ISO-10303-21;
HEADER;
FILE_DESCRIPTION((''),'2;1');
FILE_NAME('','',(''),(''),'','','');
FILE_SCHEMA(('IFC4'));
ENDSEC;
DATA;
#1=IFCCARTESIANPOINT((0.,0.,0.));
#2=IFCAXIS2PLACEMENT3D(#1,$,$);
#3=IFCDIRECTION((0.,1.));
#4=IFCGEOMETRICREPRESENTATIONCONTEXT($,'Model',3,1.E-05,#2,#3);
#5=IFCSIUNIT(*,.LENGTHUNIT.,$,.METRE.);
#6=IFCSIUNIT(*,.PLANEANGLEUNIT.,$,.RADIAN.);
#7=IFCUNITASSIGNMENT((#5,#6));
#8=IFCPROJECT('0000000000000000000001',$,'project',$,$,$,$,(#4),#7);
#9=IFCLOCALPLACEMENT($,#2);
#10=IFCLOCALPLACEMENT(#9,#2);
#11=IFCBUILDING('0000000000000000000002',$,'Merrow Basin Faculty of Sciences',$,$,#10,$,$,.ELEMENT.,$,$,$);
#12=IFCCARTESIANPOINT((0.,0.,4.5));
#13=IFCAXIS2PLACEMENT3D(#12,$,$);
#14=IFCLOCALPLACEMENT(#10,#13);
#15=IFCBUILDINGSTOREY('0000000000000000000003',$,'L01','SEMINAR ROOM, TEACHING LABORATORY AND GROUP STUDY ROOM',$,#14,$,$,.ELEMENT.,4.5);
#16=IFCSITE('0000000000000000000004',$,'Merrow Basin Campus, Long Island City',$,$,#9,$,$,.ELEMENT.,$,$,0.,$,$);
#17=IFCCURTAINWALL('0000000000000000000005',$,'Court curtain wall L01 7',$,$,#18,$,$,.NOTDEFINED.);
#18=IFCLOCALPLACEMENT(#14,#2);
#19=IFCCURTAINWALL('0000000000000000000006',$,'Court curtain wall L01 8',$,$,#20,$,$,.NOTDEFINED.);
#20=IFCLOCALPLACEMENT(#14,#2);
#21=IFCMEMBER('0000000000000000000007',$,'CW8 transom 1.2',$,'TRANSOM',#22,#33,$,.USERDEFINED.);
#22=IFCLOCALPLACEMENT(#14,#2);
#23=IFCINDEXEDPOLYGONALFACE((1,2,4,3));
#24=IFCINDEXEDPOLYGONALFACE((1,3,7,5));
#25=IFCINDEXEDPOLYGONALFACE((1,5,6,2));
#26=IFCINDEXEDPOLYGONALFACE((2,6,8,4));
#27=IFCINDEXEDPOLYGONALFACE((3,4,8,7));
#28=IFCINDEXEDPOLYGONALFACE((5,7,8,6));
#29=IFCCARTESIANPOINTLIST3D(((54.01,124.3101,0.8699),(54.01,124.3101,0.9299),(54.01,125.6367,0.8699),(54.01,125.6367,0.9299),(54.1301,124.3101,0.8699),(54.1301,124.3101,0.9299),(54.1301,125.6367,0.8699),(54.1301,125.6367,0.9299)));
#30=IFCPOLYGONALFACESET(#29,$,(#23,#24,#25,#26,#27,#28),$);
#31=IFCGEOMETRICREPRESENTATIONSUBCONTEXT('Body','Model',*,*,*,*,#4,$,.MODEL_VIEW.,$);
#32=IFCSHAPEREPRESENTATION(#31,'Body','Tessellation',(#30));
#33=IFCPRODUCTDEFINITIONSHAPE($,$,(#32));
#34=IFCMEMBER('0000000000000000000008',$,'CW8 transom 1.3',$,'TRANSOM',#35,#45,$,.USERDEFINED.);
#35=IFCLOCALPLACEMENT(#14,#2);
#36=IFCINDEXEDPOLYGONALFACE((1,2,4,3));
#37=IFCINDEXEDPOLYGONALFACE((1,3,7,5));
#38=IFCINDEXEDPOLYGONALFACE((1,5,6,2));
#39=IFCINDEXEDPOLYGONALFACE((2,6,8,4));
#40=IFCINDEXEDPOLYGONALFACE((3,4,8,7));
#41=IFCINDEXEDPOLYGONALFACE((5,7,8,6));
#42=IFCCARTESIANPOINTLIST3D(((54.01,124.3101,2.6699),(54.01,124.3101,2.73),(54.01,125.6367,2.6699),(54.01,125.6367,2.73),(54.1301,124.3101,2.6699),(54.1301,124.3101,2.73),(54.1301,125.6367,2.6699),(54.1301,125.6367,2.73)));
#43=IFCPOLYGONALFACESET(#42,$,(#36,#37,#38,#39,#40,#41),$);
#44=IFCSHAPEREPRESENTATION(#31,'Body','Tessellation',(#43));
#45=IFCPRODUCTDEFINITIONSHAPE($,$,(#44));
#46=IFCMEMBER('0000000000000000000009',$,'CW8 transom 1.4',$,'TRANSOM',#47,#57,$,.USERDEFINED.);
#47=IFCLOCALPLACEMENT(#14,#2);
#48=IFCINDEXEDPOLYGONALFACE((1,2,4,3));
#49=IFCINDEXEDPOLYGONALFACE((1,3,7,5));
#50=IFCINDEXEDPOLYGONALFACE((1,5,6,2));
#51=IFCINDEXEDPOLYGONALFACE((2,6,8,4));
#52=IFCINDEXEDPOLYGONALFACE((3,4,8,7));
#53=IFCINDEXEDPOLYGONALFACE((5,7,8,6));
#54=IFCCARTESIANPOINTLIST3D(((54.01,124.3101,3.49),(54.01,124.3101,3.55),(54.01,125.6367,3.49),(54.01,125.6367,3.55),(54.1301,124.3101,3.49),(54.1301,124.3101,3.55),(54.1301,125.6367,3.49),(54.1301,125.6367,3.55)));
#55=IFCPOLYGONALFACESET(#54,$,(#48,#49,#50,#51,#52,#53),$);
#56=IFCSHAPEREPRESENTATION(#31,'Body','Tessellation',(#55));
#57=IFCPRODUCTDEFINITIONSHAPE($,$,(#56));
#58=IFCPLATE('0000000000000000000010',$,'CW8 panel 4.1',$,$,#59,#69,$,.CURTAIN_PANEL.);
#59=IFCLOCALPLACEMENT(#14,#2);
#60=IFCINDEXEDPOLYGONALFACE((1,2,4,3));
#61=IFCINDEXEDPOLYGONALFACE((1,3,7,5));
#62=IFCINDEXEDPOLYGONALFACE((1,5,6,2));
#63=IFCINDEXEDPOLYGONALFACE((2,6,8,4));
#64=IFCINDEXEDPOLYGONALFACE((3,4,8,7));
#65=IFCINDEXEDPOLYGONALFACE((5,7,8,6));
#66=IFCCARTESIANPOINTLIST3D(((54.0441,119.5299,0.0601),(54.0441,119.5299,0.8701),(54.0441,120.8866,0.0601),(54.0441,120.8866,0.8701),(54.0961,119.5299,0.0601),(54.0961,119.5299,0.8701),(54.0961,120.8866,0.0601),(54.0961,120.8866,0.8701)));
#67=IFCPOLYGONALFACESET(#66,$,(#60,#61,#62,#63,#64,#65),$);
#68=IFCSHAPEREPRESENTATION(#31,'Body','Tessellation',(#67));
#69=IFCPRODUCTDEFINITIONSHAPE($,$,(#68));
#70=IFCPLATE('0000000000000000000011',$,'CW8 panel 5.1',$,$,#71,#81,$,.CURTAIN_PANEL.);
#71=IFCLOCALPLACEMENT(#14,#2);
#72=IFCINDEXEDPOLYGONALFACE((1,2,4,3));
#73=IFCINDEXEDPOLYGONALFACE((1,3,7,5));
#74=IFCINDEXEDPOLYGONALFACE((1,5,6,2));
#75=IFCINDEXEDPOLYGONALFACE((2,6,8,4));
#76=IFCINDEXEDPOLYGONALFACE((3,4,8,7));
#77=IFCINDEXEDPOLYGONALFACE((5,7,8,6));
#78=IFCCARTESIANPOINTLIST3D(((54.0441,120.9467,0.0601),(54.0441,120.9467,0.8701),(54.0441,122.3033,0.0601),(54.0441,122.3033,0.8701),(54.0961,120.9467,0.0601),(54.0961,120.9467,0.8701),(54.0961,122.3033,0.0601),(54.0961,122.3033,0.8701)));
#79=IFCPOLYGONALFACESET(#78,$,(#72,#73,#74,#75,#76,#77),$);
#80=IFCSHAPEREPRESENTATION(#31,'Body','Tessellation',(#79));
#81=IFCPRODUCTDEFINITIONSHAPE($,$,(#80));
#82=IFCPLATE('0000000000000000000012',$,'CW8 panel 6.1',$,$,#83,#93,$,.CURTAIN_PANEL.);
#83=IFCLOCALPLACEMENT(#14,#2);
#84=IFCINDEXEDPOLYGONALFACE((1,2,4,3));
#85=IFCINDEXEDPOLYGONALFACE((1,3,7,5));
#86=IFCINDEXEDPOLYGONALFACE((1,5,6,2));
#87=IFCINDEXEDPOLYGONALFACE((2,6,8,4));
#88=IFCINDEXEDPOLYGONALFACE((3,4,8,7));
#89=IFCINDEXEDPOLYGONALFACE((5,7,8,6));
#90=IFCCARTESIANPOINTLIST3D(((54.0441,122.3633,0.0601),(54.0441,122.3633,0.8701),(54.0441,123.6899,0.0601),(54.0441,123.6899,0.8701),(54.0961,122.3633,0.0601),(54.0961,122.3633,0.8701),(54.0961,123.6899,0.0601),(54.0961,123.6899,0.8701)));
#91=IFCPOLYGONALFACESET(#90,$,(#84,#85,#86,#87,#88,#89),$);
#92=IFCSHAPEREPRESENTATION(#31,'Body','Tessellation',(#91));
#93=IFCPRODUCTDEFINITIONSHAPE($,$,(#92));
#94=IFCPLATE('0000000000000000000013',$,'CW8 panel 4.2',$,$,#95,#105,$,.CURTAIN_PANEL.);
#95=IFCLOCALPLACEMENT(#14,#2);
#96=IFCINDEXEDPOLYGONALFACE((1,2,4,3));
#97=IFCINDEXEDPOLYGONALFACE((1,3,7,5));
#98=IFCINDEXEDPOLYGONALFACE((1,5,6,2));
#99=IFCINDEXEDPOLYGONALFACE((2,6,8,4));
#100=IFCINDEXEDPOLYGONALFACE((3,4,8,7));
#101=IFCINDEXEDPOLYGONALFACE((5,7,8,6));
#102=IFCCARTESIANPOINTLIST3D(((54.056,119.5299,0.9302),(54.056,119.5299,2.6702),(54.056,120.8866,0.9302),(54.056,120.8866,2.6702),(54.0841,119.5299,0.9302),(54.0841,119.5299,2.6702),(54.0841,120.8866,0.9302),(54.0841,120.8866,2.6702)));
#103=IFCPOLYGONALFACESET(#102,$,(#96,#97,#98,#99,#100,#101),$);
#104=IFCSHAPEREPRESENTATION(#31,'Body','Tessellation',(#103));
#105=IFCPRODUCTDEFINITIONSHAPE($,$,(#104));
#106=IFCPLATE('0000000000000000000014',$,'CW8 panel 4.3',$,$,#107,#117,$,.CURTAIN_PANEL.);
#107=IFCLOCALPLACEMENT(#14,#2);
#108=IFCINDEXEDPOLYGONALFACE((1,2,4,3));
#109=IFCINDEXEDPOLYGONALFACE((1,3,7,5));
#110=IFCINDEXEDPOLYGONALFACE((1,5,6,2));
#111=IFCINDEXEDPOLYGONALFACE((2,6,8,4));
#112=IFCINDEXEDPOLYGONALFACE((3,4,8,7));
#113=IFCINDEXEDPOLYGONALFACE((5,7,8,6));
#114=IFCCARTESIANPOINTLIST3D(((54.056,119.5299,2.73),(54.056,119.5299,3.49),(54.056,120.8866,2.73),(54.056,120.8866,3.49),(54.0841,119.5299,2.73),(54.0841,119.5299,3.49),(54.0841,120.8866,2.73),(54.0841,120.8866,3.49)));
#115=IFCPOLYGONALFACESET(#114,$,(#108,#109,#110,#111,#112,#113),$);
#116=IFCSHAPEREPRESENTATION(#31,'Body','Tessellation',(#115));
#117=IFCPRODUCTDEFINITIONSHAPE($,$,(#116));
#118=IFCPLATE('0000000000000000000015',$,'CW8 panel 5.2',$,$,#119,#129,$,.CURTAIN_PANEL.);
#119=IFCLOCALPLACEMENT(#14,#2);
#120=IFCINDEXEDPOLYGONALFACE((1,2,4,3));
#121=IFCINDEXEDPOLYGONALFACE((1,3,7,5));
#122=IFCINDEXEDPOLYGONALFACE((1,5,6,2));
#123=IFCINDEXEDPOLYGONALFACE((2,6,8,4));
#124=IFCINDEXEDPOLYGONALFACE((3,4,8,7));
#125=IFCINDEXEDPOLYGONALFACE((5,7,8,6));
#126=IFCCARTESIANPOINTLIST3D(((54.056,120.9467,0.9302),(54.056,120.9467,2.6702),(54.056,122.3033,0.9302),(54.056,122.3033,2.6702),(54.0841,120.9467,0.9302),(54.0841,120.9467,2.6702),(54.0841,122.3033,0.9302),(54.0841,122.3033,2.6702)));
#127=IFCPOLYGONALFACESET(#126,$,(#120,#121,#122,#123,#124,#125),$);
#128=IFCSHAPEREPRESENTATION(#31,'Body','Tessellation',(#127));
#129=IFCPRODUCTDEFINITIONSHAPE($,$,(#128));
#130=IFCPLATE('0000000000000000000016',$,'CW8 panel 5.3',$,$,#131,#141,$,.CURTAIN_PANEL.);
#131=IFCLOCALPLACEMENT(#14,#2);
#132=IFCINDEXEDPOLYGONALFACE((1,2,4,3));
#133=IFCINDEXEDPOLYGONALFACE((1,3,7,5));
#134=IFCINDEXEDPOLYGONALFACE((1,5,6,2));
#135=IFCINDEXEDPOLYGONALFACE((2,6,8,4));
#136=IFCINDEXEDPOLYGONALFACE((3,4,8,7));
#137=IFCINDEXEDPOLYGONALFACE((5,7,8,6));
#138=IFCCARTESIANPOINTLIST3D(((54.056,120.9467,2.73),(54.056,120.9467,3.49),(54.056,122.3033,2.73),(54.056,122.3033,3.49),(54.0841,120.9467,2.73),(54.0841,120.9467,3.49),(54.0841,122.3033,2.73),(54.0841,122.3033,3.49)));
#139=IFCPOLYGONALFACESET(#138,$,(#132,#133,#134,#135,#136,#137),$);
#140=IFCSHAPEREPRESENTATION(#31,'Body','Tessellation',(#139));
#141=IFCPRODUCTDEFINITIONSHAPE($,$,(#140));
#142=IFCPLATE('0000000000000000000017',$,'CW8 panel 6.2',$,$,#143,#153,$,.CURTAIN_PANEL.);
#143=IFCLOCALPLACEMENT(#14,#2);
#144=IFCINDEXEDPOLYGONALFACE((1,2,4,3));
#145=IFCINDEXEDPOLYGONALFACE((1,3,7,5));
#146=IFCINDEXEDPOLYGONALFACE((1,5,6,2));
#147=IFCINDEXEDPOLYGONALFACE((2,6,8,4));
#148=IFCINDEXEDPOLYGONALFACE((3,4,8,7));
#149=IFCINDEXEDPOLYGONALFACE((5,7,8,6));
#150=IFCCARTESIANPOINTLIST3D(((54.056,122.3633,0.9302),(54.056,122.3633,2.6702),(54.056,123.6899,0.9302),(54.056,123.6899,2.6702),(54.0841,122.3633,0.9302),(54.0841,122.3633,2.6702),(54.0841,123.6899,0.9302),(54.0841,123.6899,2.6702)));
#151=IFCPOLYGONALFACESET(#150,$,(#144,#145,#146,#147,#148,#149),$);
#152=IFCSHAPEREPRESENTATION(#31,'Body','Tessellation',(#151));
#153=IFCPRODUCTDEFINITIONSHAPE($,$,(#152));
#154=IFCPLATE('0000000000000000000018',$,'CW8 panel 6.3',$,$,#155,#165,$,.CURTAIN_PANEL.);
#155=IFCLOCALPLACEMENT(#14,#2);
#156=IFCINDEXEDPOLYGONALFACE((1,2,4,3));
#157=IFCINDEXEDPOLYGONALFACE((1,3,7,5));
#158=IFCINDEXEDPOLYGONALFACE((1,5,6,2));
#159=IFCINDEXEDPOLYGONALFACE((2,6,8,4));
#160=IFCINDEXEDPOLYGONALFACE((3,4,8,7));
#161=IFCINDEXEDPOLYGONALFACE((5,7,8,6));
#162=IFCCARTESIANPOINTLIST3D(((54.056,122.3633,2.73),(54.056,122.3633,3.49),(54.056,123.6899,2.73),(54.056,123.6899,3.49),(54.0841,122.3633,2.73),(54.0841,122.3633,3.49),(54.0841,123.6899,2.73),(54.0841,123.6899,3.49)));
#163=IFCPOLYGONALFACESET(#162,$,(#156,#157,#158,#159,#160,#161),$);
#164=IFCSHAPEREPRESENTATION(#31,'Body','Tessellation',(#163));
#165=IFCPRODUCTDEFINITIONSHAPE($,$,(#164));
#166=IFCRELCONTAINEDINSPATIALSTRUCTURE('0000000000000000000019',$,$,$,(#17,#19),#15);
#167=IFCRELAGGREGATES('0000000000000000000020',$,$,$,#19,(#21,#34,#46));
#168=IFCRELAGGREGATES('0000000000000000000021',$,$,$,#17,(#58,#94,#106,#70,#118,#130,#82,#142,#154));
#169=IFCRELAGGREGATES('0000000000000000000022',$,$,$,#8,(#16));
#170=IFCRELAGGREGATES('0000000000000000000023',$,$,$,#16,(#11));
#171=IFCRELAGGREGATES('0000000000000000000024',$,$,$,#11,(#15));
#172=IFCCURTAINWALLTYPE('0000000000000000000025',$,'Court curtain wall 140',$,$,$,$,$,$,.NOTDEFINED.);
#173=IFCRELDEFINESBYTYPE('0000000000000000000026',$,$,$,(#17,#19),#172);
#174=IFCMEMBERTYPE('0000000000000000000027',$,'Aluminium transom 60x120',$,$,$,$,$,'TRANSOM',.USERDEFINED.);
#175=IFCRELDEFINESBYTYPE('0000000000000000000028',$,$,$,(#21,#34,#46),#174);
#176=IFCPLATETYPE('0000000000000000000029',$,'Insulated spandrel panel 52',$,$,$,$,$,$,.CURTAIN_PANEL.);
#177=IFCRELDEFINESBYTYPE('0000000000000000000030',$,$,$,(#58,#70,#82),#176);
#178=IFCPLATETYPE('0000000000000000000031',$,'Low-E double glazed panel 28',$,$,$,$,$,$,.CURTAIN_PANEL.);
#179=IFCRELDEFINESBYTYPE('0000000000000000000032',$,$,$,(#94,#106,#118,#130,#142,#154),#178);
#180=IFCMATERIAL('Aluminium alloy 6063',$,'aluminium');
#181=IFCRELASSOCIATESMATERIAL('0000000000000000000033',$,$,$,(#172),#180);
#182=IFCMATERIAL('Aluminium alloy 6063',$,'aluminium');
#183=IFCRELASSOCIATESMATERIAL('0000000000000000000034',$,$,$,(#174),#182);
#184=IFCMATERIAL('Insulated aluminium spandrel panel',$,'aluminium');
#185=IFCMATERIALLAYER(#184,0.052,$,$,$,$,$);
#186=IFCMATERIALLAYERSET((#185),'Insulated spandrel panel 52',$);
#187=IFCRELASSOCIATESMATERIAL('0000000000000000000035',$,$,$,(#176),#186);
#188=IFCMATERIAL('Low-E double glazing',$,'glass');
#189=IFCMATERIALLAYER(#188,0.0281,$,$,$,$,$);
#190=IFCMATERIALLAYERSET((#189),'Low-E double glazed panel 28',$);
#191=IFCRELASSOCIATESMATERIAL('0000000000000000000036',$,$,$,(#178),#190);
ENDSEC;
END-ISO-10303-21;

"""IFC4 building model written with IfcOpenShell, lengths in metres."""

from ifc_helpers import new_model, si_unit, direction, frame, origin, origin_2d, place, context, subcontext, project, spatial, rectangle, extrude, material, layer, layer_set, material_profile, profile_set, type_object, element, aggregate, save


model = new_model("IFC4")

# Units and contexts
model_context = context("Model", 3, precision=1e-05, world=origin(), true_north=direction((0.0, 1.0)))
body_context = subcontext(model_context, "Body", "Model", "MODEL_VIEW")
ifc_project = project(units=[si_unit("LENGTHUNIT", "METRE"), si_unit("PLANEANGLEUNIT", "RADIAN")], contexts=[model_context])

# Site, building, storey
site_placement = place(None, origin())
site = spatial("IfcSite", under=ifc_project, at=site_placement, Name="Merrow Basin Campus, Long Island City", CompositionType="ELEMENT", RefElevation=0.0)
building_placement = place(site_placement, origin())
building = spatial("IfcBuilding", under=site, at=building_placement, Name="Merrow Basin Faculty of Sciences", CompositionType="ELEMENT")
storey_placement = place(building_placement, frame((0.0, 0.0, 4.5)))
storey = spatial("IfcBuildingStorey", under=building, at=storey_placement, Name="L01", Description="SEMINAR ROOM, TEACHING LABORATORY AND GROUP STUDY ROOM", CompositionType="ELEMENT", Elevation=4.5)

# Curtain wall
ifc_material_1 = material(Name="Aluminium alloy 6063", Category="aluminium")
curtain_wall_type = type_object("IfcCurtainWallType", Name="Court curtain wall 140", PredefinedType="NOTDEFINED", material=ifc_material_1)
curtain_wall_1_placement = place(storey_placement, origin())
curtain_wall_1 = element("IfcCurtainWall", 1, at=curtain_wall_1_placement, inside=storey, type_object=curtain_wall_type, Name="Court curtain wall L01 7", PredefinedType="NOTDEFINED")

# Curtain wall
curtain_wall_2_placement = place(storey_placement, origin())
curtain_wall_2 = element("IfcCurtainWall", 2, at=curtain_wall_2_placement, inside=storey, type_object=curtain_wall_type, Name="Court curtain wall L01 8", PredefinedType="NOTDEFINED")

# Members
ifc_material_2 = material(Name="Aluminium alloy 6063", Category="aluminium")
ifc_material_profile_1 = material_profile(ifc_material_2, rectangle(XDim=0.1201, YDim=0.0601, at=origin_2d()))
ifc_profile_set_1 = profile_set([ifc_material_profile_1], Name="Aluminium alloy 6063")
member_type_1 = type_object("IfcMemberType", Name="Aluminium transom 60x120", ElementType="TRANSOM", PredefinedType="USERDEFINED", material=ifc_profile_set_1)
member_1_placement = place(storey_placement, frame((54.0701, 124.3101, 0.8999), z_axis=(0.0, 1.0, 0.0), x_axis=(-1.0, 0.0, 0.0)))
member_1 = element("IfcMember", 3, at=member_1_placement, type_object=member_type_1, Name="CW8 transom 1.2", ObjectType="TRANSOM", PredefinedType="USERDEFINED", context=body_context, shape_type="SweptSolid", body=[
    extrude(rectangle(XDim=0.1201, YDim=0.0601, at=origin_2d()), origin(), (0.0, 0.0, 1.0), 1.3267),
])
member_2_placement = place(storey_placement, frame((54.0701, 124.3101, 2.7), z_axis=(0.0, 1.0, 0.0), x_axis=(-1.0, 0.0, 0.0)))
member_2 = element("IfcMember", 4, at=member_2_placement, type_object=member_type_1, Name="CW8 transom 1.3", ObjectType="TRANSOM", PredefinedType="USERDEFINED", context=body_context, shape_type="SweptSolid", body=[
    extrude(rectangle(XDim=0.1201, YDim=0.0601, at=origin_2d()), origin(), (0.0, 0.0, 1.0), 1.3267),
])
member_3_placement = place(storey_placement, frame((54.0701, 124.3101, 3.52), z_axis=(0.0, 1.0, 0.0), x_axis=(-1.0, 0.0, 0.0)))
member_3 = element("IfcMember", 5, at=member_3_placement, type_object=member_type_1, Name="CW8 transom 1.4", ObjectType="TRANSOM", PredefinedType="USERDEFINED", context=body_context, shape_type="SweptSolid", body=[
    extrude(rectangle(XDim=0.1201, YDim=0.0601, at=origin_2d()), origin(), (0.0, 0.0, 1.0), 1.3267),
])
aggregate(curtain_wall_2, [member_1, member_2, member_3])

# Plates
ifc_material_3 = material(Name="Insulated aluminium spandrel panel", Category="aluminium")
ifc_layer_1 = layer(ifc_material_3, 0.052)
ifc_layer_set_1 = layer_set([ifc_layer_1], Name="Insulated spandrel panel 52")
plate_type_1 = type_object("IfcPlateType", Name="Insulated spandrel panel 52", PredefinedType="CURTAIN_PANEL", material=ifc_layer_set_1)
plate_1_placement = place(storey_placement, frame((54.0701, 120.2083, 0.0601), z_axis=(0.0, 0.0, 1.0), x_axis=(0.0, 1.0, 0.0)))
plate_1 = element("IfcPlate", 6, at=plate_1_placement, type_object=plate_type_1, Name="CW8 panel 4.1", PredefinedType="CURTAIN_PANEL", context=body_context, shape_type="SweptSolid", body=[
    extrude(rectangle(XDim=1.3567, YDim=0.052, at=origin_2d()), origin(), (0.0, 0.0, 1.0), 0.8101),
])
plate_2_placement = place(storey_placement, frame((54.0701, 121.625, 0.0601), z_axis=(0.0, 0.0, 1.0), x_axis=(0.0, 1.0, 0.0)))
plate_2 = element("IfcPlate", 7, at=plate_2_placement, type_object=plate_type_1, Name="CW8 panel 5.1", PredefinedType="CURTAIN_PANEL", context=body_context, shape_type="SweptSolid", body=[
    extrude(rectangle(XDim=1.3567, YDim=0.052, at=origin_2d()), origin(), (0.0, 0.0, 1.0), 0.8101),
])
plate_3_placement = place(storey_placement, frame((54.0701, 123.0266, 0.0601), z_axis=(0.0, 0.0, 1.0), x_axis=(0.0, 1.0, 0.0)))
plate_3 = element("IfcPlate", 8, at=plate_3_placement, type_object=plate_type_1, Name="CW8 panel 6.1", PredefinedType="CURTAIN_PANEL", context=body_context, shape_type="SweptSolid", body=[
    extrude(rectangle(XDim=1.3267, YDim=0.052, at=origin_2d()), origin(), (0.0, 0.0, 1.0), 0.8101),
])
ifc_material_4 = material(Name="Low-E double glazing", Category="glass")
ifc_layer_2 = layer(ifc_material_4, 0.0281)
ifc_layer_set_2 = layer_set([ifc_layer_2], Name="Low-E double glazed panel 28")
plate_type_2 = type_object("IfcPlateType", Name="Low-E double glazed panel 28", PredefinedType="CURTAIN_PANEL", material=ifc_layer_set_2)
plate_4_placement = place(storey_placement, frame((54.0701, 120.2083, 0.9302), z_axis=(0.0, 0.0, 1.0), x_axis=(0.0, 1.0, 0.0)))
plate_4 = element("IfcPlate", 9, at=plate_4_placement, type_object=plate_type_2, Name="CW8 panel 4.2", PredefinedType="CURTAIN_PANEL", context=body_context, shape_type="SweptSolid", body=[
    extrude(rectangle(XDim=1.3567, YDim=0.0281, at=origin_2d()), origin(), (0.0, 0.0, 1.0), 1.74),
])
plate_5_placement = place(storey_placement, frame((54.0701, 120.2083, 2.73), z_axis=(0.0, 0.0, 1.0), x_axis=(0.0, 1.0, 0.0)))
plate_5 = element("IfcPlate", 10, at=plate_5_placement, type_object=plate_type_2, Name="CW8 panel 4.3", PredefinedType="CURTAIN_PANEL", context=body_context, shape_type="SweptSolid", body=[
    extrude(rectangle(XDim=1.3567, YDim=0.0281, at=origin_2d()), origin(), (0.0, 0.0, 1.0), 0.76),
])
plate_6_placement = place(storey_placement, frame((54.0701, 121.625, 0.9302), z_axis=(0.0, 0.0, 1.0), x_axis=(0.0, 1.0, 0.0)))
plate_6 = element("IfcPlate", 11, at=plate_6_placement, type_object=plate_type_2, Name="CW8 panel 5.2", PredefinedType="CURTAIN_PANEL", context=body_context, shape_type="SweptSolid", body=[
    extrude(rectangle(XDim=1.3567, YDim=0.0281, at=origin_2d()), origin(), (0.0, 0.0, 1.0), 1.74),
])
plate_7_placement = place(storey_placement, frame((54.0701, 121.625, 2.73), z_axis=(0.0, 0.0, 1.0), x_axis=(0.0, 1.0, 0.0)))
plate_7 = element("IfcPlate", 12, at=plate_7_placement, type_object=plate_type_2, Name="CW8 panel 5.3", PredefinedType="CURTAIN_PANEL", context=body_context, shape_type="SweptSolid", body=[
    extrude(rectangle(XDim=1.3567, YDim=0.0281, at=origin_2d()), origin(), (0.0, 0.0, 1.0), 0.76),
])
plate_8_placement = place(storey_placement, frame((54.0701, 123.0266, 0.9302), z_axis=(0.0, 0.0, 1.0), x_axis=(0.0, 1.0, 0.0)))
plate_8 = element("IfcPlate", 13, at=plate_8_placement, type_object=plate_type_2, Name="CW8 panel 6.2", PredefinedType="CURTAIN_PANEL", context=body_context, shape_type="SweptSolid", body=[
    extrude(rectangle(XDim=1.3267, YDim=0.0281, at=origin_2d()), origin(), (0.0, 0.0, 1.0), 1.74),
])
plate_9_placement = place(storey_placement, frame((54.0701, 123.0266, 2.73), z_axis=(0.0, 0.0, 1.0), x_axis=(0.0, 1.0, 0.0)))
plate_9 = element("IfcPlate", 14, at=plate_9_placement, type_object=plate_type_2, Name="CW8 panel 6.3", PredefinedType="CURTAIN_PANEL", context=body_context, shape_type="SweptSolid", body=[
    extrude(rectangle(XDim=1.3267, YDim=0.0281, at=origin_2d()), origin(), (0.0, 0.0, 1.0), 0.76),
])
aggregate(curtain_wall_1, [plate_1, plate_4, plate_5, plate_2, plate_6, plate_7, plate_3, plate_8, plate_9])

save(model, "model.ifc")
